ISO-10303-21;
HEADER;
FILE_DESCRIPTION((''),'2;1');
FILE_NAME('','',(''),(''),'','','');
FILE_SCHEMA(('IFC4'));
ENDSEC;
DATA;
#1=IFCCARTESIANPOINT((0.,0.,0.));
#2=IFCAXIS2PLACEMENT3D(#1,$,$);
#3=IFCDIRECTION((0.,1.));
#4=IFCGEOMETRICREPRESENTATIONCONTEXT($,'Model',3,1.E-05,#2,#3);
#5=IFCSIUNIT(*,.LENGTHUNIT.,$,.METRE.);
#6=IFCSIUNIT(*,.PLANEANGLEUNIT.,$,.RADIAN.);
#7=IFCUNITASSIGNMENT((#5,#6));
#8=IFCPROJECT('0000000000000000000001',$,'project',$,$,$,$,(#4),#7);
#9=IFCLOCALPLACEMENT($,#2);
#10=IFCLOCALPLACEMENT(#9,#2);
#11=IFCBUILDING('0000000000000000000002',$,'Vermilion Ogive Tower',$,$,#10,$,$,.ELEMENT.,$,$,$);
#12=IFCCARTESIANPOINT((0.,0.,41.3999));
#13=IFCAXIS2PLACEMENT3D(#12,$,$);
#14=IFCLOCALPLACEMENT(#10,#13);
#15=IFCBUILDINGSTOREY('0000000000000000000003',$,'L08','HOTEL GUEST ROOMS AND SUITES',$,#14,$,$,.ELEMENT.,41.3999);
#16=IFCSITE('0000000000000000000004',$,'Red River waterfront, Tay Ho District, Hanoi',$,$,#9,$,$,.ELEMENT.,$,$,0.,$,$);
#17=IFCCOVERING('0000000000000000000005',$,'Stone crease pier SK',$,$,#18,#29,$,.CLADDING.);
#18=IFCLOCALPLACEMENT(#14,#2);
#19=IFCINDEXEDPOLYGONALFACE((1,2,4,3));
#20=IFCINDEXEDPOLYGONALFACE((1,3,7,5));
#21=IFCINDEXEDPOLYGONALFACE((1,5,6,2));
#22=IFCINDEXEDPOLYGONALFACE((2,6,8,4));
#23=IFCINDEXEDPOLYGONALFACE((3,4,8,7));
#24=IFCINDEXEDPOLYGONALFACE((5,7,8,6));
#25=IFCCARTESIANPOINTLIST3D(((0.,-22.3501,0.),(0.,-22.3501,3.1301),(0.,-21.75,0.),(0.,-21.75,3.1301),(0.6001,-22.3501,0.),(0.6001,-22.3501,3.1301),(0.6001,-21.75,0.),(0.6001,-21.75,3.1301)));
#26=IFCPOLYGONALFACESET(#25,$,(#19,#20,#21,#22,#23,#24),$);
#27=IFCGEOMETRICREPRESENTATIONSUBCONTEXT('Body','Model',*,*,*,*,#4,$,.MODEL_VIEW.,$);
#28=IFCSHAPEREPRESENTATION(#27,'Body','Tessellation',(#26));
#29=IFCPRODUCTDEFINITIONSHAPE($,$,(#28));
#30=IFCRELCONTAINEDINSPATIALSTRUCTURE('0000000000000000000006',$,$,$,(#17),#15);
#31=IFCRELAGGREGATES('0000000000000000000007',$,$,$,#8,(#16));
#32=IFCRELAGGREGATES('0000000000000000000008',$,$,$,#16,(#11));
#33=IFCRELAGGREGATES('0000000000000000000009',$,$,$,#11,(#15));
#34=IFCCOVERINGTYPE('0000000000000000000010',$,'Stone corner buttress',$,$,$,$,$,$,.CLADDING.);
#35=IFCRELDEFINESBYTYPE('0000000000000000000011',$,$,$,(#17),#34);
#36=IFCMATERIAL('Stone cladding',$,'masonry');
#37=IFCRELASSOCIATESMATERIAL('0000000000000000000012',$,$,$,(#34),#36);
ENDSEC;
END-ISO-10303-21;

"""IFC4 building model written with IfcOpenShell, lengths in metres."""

from ifc_helpers import new_model, si_unit, direction, frame, origin, place, context, subcontext, project, spatial, polyline, outline, extrude, material, type_object, element, save


model = new_model("IFC4")

# Units and contexts
model_context = context("Model", 3, precision=1e-05, world=origin(), true_north=direction((0.0, 1.0)))
body_context = subcontext(model_context, "Body", "Model", "MODEL_VIEW")
ifc_project = project(units=[si_unit("LENGTHUNIT", "METRE"), si_unit("PLANEANGLEUNIT", "RADIAN")], contexts=[model_context])

# Site, building, storey
site_placement = place(None, origin())
site = spatial("IfcSite", under=ifc_project, at=site_placement, Name="Red River waterfront, Tay Ho District, Hanoi", CompositionType="ELEMENT", RefElevation=0.0)
building_placement = place(site_placement, origin())
building = spatial("IfcBuilding", under=site, at=building_placement, Name="Vermilion Ogive Tower", CompositionType="ELEMENT")
storey_placement = place(building_placement, frame((0.0, 0.0, 41.3999)))
storey = spatial("IfcBuildingStorey", under=building, at=storey_placement, Name="L08", Description="HOTEL GUEST ROOMS AND SUITES", CompositionType="ELEMENT", Elevation=41.3999)

# Covering
ifc_material_1 = material(Name="Stone cladding", Category="masonry")
covering_type = type_object("IfcCoveringType", Name="Stone corner buttress", PredefinedType="CLADDING", material=ifc_material_1)
covering_placement = place(storey_placement, origin())
element("IfcCovering", 1, at=covering_placement, inside=storey, type_object=covering_type, Name="Stone crease pier SK", PredefinedType="CLADDING", context=body_context, shape_type="SweptSolid", body=[
    extrude(outline(polyline([(0.0, -22.3501), (0.6001, -22.3501), (0.6001, -21.75), (0.0, -21.75), (0.0, -22.3501)])), origin(), (0.0, 0.0, 1.0), 3.1301),
])

save(model, "model.ifc")
